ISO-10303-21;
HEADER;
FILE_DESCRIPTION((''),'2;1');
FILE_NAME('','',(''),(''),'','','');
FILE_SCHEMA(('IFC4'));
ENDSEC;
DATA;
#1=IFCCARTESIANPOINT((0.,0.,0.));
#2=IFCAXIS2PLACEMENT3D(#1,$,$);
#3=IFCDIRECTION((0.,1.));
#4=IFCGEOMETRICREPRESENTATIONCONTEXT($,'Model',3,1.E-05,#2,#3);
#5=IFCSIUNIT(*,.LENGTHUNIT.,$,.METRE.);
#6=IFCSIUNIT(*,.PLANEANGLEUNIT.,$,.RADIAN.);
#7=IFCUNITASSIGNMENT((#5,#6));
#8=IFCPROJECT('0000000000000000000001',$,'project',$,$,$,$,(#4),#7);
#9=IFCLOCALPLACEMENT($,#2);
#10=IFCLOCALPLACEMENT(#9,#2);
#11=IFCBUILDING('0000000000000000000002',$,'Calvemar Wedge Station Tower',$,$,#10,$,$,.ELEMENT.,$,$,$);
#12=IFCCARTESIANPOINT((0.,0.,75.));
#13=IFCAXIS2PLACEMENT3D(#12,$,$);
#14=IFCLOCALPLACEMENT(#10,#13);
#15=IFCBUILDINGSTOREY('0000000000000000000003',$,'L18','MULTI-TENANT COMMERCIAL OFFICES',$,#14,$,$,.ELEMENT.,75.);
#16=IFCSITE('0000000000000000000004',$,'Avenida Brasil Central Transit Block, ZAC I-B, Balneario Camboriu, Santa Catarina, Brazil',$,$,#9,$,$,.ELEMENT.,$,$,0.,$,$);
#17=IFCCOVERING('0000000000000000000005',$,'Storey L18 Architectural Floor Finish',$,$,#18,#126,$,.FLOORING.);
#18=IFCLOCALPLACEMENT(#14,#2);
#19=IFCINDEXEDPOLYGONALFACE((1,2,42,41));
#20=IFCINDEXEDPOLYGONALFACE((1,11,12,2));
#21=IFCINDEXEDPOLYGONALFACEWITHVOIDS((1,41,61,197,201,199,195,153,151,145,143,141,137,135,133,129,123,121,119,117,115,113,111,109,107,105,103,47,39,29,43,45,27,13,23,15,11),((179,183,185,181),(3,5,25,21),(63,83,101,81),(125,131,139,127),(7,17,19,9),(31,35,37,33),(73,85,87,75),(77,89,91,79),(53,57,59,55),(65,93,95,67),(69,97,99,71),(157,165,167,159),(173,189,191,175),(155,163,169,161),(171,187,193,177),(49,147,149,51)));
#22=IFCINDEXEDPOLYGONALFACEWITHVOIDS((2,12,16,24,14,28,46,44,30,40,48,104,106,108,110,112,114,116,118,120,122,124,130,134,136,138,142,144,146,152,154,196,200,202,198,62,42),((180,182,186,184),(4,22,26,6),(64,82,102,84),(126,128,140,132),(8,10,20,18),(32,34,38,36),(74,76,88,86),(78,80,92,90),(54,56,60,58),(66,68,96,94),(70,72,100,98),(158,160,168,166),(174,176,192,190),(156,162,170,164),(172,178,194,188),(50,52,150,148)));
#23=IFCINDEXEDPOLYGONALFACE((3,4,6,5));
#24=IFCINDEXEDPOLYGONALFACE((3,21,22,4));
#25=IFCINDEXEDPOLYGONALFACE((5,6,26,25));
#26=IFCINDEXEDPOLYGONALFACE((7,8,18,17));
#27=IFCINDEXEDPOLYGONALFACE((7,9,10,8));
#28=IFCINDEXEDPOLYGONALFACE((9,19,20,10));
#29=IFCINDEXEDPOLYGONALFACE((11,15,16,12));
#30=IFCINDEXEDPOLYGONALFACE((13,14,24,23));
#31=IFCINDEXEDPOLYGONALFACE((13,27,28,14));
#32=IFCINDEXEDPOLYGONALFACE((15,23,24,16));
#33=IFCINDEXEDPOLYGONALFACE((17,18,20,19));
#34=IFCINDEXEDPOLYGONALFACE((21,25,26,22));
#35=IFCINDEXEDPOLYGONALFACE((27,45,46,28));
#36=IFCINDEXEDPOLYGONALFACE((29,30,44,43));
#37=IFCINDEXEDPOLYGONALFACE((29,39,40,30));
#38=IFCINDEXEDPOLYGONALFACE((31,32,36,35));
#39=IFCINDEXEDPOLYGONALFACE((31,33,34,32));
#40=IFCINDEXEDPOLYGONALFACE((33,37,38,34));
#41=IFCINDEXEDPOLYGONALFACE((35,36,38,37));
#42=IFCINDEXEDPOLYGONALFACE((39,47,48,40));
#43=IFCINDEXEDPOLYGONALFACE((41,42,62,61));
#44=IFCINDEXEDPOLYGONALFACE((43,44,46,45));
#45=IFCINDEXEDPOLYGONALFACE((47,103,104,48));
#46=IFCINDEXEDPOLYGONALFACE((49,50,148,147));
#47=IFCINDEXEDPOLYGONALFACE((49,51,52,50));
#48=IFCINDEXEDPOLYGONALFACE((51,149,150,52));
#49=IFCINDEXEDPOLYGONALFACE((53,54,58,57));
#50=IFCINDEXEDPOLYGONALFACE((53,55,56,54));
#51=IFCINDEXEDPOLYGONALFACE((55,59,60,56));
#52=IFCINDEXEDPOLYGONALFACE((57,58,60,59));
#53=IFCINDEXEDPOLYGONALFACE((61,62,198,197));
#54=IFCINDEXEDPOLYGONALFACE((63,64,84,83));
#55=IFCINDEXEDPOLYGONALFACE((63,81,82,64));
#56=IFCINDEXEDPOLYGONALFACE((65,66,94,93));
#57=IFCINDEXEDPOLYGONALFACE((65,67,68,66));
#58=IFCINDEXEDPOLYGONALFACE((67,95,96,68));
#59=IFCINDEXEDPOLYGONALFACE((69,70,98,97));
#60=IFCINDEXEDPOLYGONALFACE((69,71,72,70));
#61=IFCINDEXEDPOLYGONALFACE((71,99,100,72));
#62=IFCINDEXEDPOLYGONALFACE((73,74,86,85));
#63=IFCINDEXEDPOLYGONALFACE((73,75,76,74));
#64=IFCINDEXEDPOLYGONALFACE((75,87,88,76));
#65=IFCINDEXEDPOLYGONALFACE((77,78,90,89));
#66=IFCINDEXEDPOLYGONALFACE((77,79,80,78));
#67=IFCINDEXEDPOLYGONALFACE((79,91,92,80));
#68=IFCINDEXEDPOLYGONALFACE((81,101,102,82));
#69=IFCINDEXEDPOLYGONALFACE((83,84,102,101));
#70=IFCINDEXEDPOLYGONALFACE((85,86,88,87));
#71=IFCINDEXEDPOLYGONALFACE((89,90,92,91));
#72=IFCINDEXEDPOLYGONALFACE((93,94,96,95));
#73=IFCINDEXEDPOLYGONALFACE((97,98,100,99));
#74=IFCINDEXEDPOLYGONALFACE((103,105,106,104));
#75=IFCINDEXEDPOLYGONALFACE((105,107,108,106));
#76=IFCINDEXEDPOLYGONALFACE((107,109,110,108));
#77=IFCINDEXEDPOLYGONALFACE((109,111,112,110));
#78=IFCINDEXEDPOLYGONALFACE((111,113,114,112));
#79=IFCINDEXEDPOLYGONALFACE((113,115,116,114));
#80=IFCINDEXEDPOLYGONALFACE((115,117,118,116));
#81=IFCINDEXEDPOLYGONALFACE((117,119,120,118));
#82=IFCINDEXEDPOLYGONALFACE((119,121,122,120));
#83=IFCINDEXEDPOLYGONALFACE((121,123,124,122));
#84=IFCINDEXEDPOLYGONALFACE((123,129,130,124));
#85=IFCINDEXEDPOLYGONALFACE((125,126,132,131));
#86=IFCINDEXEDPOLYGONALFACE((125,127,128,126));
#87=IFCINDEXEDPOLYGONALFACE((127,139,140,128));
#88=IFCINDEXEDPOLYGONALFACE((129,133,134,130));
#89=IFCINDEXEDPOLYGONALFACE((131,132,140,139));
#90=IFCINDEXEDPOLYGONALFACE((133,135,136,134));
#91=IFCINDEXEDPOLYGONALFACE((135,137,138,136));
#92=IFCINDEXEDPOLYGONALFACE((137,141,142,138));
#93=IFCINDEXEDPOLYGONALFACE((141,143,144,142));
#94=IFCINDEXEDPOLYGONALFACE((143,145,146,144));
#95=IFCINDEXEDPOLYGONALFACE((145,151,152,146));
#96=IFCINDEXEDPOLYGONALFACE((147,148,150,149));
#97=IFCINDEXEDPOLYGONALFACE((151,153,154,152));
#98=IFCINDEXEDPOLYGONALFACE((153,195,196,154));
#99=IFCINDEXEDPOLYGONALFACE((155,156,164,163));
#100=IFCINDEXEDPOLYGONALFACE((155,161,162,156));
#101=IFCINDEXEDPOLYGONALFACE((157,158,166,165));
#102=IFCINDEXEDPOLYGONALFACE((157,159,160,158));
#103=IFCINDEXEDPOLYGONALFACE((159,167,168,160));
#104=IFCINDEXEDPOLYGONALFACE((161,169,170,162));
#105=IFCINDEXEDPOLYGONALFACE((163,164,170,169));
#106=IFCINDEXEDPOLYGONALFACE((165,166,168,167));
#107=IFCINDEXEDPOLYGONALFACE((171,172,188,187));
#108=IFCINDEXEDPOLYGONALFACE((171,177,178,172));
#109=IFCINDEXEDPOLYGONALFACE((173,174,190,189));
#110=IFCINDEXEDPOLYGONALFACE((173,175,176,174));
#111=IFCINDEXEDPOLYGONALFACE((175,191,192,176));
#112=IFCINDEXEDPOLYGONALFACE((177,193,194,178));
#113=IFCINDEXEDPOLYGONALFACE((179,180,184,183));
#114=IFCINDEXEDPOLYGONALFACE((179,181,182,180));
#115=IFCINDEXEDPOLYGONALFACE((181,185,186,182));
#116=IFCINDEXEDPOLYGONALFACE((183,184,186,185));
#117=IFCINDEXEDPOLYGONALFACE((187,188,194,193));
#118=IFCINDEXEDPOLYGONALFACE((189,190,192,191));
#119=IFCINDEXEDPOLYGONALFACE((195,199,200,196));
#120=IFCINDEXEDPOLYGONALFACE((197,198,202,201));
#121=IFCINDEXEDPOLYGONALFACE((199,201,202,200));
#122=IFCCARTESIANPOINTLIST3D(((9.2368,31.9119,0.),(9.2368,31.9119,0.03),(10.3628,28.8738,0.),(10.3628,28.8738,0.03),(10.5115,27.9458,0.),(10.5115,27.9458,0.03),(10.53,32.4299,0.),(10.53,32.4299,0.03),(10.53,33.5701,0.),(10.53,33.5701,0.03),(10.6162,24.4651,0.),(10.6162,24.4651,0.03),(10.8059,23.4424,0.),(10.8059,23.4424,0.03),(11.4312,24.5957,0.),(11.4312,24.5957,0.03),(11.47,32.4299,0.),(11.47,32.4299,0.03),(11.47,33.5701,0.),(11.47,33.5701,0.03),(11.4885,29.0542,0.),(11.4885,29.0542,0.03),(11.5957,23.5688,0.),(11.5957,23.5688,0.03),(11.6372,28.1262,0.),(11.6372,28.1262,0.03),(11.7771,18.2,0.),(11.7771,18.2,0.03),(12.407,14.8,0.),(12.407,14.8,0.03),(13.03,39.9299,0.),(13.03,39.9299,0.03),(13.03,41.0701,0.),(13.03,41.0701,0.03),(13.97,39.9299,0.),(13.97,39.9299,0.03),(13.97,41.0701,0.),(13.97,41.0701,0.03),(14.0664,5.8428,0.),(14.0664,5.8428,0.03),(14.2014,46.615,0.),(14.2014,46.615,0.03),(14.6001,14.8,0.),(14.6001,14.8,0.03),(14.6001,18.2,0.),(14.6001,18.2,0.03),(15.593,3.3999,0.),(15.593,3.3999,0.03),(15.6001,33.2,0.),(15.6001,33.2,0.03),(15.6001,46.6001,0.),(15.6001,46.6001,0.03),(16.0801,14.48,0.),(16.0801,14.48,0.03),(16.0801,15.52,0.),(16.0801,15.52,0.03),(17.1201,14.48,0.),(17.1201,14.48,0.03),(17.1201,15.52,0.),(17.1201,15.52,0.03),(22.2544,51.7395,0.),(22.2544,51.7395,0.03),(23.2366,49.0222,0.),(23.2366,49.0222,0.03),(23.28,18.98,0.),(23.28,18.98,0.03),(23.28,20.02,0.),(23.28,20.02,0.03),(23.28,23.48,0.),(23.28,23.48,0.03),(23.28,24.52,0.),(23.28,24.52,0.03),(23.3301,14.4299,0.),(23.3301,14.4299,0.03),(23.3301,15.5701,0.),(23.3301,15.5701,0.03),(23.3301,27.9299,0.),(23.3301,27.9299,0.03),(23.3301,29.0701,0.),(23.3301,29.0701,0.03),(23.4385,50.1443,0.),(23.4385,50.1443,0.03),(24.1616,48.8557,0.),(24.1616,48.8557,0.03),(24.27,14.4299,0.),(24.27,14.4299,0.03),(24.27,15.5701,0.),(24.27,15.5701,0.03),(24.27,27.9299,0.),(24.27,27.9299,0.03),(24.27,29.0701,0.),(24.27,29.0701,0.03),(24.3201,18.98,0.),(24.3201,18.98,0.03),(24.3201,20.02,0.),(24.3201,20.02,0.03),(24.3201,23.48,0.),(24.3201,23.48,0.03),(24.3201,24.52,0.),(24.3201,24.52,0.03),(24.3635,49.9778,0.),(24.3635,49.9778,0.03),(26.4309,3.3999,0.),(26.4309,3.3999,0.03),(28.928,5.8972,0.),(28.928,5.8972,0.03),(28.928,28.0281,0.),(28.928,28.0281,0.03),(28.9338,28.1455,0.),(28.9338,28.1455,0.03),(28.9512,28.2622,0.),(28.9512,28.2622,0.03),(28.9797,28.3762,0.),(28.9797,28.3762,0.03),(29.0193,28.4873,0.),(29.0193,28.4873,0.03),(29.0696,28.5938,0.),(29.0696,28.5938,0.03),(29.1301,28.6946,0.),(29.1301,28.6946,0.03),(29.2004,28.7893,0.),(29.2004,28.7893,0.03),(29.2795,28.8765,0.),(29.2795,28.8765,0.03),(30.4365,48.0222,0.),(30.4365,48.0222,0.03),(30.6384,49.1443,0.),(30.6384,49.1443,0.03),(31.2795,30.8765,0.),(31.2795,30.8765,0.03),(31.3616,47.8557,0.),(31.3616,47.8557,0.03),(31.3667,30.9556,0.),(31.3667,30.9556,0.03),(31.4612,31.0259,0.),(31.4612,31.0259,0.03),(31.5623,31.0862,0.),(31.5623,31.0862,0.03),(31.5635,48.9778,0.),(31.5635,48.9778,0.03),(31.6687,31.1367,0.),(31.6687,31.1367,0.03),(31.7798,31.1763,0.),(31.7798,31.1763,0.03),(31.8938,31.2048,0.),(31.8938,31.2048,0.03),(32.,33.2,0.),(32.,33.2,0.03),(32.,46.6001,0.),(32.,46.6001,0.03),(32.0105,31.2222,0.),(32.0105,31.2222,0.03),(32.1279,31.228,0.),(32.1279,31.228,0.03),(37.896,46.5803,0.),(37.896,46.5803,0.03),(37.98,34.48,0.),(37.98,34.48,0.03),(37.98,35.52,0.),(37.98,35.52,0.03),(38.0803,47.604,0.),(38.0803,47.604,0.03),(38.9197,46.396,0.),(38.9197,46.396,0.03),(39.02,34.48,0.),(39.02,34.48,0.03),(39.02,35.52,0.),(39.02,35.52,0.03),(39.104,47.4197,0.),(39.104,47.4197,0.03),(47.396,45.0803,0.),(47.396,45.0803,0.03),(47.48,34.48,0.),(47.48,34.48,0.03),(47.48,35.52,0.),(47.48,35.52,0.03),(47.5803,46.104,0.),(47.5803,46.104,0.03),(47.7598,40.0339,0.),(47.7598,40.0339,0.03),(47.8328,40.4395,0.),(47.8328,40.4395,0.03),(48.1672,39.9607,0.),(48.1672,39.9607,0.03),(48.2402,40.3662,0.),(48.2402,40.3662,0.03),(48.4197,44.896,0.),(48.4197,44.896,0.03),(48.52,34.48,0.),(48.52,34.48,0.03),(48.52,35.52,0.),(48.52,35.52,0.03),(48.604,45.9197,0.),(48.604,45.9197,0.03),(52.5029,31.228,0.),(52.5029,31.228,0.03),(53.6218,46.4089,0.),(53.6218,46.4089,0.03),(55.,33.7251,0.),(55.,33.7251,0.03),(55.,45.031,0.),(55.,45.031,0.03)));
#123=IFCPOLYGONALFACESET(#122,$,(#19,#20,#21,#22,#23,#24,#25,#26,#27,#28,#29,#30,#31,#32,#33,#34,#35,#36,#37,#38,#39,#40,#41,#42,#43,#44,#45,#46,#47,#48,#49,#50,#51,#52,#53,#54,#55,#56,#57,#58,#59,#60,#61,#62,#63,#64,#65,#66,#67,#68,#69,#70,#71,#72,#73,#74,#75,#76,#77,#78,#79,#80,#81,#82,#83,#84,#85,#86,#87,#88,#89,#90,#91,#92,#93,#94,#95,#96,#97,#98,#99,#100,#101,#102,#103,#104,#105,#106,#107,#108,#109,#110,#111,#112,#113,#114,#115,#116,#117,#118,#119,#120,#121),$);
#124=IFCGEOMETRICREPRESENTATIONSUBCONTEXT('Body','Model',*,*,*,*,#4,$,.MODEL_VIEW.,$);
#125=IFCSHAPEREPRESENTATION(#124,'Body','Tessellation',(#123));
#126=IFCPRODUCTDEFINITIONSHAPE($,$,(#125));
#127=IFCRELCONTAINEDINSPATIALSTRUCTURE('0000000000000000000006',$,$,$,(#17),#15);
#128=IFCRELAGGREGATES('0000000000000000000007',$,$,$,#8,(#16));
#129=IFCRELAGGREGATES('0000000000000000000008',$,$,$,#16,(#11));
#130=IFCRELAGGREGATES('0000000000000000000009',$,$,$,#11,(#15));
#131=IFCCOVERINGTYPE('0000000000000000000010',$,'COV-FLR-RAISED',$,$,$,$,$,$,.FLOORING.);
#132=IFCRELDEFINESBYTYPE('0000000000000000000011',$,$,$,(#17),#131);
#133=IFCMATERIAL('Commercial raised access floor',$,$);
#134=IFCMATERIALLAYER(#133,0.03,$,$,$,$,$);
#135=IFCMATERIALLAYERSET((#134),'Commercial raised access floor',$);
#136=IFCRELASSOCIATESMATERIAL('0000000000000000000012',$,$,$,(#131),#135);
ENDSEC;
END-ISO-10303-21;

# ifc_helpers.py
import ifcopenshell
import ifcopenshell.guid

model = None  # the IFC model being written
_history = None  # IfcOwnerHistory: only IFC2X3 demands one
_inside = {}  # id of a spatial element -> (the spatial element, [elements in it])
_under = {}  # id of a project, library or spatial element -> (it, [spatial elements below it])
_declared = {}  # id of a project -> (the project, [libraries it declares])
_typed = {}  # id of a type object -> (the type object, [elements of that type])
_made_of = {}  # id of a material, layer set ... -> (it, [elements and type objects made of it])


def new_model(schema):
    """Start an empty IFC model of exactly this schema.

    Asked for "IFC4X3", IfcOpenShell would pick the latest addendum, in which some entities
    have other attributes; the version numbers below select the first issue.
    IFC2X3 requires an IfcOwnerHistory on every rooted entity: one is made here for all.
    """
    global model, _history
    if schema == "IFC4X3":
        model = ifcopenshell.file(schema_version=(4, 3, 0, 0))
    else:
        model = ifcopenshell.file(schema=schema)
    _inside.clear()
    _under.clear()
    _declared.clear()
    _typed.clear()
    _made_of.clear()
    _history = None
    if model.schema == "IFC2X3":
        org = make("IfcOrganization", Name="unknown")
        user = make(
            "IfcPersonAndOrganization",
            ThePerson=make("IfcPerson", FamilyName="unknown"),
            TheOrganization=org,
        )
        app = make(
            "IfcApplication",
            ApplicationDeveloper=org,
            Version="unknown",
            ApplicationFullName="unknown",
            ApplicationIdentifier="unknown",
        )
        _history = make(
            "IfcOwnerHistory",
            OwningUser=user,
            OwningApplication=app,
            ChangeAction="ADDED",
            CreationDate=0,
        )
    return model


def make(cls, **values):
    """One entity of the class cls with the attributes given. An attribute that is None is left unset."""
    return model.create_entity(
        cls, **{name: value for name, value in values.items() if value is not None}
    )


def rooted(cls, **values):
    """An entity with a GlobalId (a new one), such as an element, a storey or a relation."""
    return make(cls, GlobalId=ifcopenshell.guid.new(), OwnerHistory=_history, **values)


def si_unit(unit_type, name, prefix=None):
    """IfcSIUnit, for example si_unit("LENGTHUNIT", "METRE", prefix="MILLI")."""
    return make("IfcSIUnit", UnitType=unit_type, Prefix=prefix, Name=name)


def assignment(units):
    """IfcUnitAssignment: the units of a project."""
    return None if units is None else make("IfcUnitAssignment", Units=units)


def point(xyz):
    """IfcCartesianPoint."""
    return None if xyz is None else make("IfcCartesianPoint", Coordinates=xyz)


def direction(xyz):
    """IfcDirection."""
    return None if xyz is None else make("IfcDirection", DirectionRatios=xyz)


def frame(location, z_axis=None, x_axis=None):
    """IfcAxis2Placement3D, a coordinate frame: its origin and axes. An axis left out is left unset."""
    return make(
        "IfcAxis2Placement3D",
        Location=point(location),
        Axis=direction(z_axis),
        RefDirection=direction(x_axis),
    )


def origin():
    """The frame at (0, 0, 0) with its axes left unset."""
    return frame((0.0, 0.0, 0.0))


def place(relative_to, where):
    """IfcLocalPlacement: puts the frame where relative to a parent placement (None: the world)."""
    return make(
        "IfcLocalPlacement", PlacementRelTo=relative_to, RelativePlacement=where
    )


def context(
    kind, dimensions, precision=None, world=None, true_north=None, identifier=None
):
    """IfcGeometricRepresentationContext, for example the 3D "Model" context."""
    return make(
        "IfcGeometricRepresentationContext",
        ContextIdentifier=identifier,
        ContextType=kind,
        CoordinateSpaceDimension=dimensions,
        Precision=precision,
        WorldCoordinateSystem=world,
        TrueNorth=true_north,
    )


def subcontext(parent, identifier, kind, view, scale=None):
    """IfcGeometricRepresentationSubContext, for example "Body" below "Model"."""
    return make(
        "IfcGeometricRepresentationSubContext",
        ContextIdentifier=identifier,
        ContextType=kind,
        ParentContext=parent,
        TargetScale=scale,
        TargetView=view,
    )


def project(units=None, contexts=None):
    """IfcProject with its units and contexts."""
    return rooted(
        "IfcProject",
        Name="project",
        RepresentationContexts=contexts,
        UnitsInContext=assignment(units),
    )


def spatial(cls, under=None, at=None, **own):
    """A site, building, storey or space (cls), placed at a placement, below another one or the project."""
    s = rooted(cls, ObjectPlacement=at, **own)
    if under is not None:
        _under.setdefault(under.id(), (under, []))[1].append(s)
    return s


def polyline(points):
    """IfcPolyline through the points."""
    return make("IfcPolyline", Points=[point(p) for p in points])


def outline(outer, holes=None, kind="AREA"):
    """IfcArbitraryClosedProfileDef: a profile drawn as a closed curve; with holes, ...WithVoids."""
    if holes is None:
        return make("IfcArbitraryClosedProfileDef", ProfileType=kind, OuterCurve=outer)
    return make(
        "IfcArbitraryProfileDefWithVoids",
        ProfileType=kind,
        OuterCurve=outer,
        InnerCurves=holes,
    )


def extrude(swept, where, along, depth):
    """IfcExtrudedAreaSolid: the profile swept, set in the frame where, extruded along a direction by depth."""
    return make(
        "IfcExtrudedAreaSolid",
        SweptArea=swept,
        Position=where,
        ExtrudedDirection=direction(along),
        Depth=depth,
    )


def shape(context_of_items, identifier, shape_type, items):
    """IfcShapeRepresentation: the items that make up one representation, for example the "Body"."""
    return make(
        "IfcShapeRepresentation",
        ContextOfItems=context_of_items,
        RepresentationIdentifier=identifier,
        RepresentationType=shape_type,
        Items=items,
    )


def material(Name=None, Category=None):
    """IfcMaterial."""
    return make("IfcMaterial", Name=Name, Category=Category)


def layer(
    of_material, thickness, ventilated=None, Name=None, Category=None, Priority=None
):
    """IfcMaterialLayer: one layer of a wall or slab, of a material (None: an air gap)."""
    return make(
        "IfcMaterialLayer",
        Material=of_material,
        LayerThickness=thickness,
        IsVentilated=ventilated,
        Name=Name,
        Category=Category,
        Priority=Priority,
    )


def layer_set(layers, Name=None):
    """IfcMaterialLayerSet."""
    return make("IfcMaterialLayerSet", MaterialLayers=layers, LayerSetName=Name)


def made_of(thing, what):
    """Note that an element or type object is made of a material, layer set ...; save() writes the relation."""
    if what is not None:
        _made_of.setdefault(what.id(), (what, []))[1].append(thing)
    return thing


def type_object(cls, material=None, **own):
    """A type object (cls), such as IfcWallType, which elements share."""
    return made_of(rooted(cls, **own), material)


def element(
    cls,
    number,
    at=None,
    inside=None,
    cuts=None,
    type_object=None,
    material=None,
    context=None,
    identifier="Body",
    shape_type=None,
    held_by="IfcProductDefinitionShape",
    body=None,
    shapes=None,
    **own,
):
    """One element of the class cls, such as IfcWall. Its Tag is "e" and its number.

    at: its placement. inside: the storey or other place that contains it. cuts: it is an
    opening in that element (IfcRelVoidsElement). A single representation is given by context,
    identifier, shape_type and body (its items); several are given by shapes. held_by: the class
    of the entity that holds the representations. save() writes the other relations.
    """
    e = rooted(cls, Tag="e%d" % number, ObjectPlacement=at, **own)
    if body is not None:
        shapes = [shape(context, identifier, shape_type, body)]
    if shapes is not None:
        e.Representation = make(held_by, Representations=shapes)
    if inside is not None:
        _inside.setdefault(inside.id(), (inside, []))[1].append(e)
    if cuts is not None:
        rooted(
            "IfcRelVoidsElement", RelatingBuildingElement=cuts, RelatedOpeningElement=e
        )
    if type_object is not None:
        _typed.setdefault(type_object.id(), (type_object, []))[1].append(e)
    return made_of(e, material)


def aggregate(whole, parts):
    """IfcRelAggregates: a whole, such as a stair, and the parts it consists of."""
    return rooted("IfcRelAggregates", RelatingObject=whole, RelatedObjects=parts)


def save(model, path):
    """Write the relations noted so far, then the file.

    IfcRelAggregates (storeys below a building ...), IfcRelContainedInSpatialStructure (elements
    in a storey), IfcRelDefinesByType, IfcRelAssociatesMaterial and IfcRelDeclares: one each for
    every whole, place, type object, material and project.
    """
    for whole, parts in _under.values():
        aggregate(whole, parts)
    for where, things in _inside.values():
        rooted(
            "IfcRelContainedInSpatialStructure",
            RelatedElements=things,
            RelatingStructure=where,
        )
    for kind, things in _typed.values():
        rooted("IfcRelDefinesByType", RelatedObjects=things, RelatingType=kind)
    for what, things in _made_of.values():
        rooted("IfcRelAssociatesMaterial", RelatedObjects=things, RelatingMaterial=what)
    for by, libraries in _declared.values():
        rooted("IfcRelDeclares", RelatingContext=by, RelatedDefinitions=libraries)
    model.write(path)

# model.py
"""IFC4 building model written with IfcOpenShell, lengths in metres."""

from ifc_helpers import new_model, si_unit, direction, frame, origin, place, context, subcontext, project, spatial, polyline, outline, extrude, material, layer, layer_set, type_object, element, save


model = new_model("IFC4")

# Units and contexts
model_context = context("Model", 3, precision=1e-05, world=origin(), true_north=direction((0.0, 1.0)))
body_context = subcontext(model_context, "Body", "Model", "MODEL_VIEW")
ifc_project = project(units=[si_unit("LENGTHUNIT", "METRE"), si_unit("PLANEANGLEUNIT", "RADIAN")], contexts=[model_context])

# Site, building, storey
site_placement = place(None, origin())
site = spatial("IfcSite", under=ifc_project, at=site_placement, Name="Avenida Brasil Central Transit Block, ZAC I-B, Balneario Camboriu, Santa Catarina, Brazil", CompositionType="ELEMENT", RefElevation=0.0)
building_placement = place(site_placement, origin())
building = spatial("IfcBuilding", under=site, at=building_placement, Name="Calvemar Wedge Station Tower", CompositionType="ELEMENT")
storey_placement = place(building_placement, frame((0.0, 0.0, 75.0)))
storey = spatial("IfcBuildingStorey", under=building, at=storey_placement, Name="L18", Description="MULTI-TENANT COMMERCIAL OFFICES", CompositionType="ELEMENT", Elevation=75.0)

# Covering
ifc_material_1 = material(Name="Commercial raised access floor")
ifc_layer_1 = layer(ifc_material_1, 0.03)
ifc_layer_set_1 = layer_set([ifc_layer_1], Name="Commercial raised access floor")
covering_type_1 = type_object("IfcCoveringType", Name="COV-FLR-RAISED", PredefinedType="FLOORING", material=ifc_layer_set_1)
covering_1_placement = place(storey_placement, origin())
element("IfcCovering", 1, at=covering_1_placement, inside=storey, type_object=covering_type_1, Name="Storey L18 Architectural Floor Finish", PredefinedType="FLOORING", context=body_context, shape_type="SweptSolid", body=[
    extrude(outline(polyline([(29.2795, 28.8765), (31.2795, 30.8765), (31.3667, 30.9556), (31.4612, 31.0259), (31.5623, 31.0862), (31.6687, 31.1367), (31.7798, 31.1763), (31.8938, 31.2048), (32.0105, 31.2222), (32.1279, 31.228), (52.5029, 31.228), (55.0, 33.7251), (55.0, 45.031), (53.6218, 46.4089), (22.2544, 51.7395), (14.2014, 46.615), (9.2368, 31.9119), (10.6162, 24.4651), (11.4312, 24.5957), (11.5957, 23.5688), (10.8059, 23.4424), (11.7771, 18.2), (14.6001, 18.2), (14.6001, 14.8), (12.407, 14.8), (14.0664, 5.8428), (15.593, 3.3999), (26.4309, 3.3999), (28.928, 5.8972), (28.928, 28.0281), (28.9338, 28.1455), (28.9512, 28.2622), (28.9797, 28.3762), (29.0193, 28.4873), (29.0696, 28.5938), (29.1301, 28.6946), (29.2004, 28.7893), (29.2795, 28.8765)]), holes=[polyline([(15.6001, 46.6001), (32.0, 46.6001), (32.0, 33.2), (15.6001, 33.2), (15.6001, 46.6001)]), polyline([(10.53, 32.4299), (10.53, 33.5701), (11.47, 33.5701), (11.47, 32.4299), (10.53, 32.4299)]), polyline([(13.03, 41.0701), (13.97, 41.0701), (13.97, 39.9299), (13.03, 39.9299), (13.03, 41.0701)]), polyline([(24.3635, 49.9778), (24.1616, 48.8557), (23.2366, 49.0222), (23.4385, 50.1443), (24.3635, 49.9778)]), polyline([(31.3616, 47.8557), (30.4365, 48.0222), (30.6384, 49.1443), (31.5635, 48.9778), (31.3616, 47.8557)]), polyline([(37.896, 46.5803), (38.0803, 47.604), (39.104, 47.4197), (38.9197, 46.396), (37.896, 46.5803)]), polyline([(47.5803, 46.104), (48.604, 45.9197), (48.4197, 44.896), (47.396, 45.0803), (47.5803, 46.104)]), polyline([(39.02, 35.52), (39.02, 34.48), (37.98, 34.48), (37.98, 35.52), (39.02, 35.52)]), polyline([(48.52, 34.48), (47.48, 34.48), (47.48, 35.52), (48.52, 35.52), (48.52, 34.48)]), polyline([(47.7598, 40.0339), (47.8328, 40.4395), (48.2402, 40.3662), (48.1672, 39.9607), (47.7598, 40.0339)]), polyline([(11.4885, 29.0542), (11.6372, 28.1262), (10.5115, 27.9458), (10.3628, 28.8738), (11.4885, 29.0542)]), polyline([(24.27, 27.9299), (23.3301, 27.9299), (23.3301, 29.0701), (24.27, 29.0701), (24.27, 27.9299)]), polyline([(23.28, 23.48), (23.28, 24.52), (24.3201, 24.52), (24.3201, 23.48), (23.28, 23.48)]), polyline([(23.28, 20.02), (24.3201, 20.02), (24.3201, 18.98), (23.28, 18.98), (23.28, 20.02)]), polyline([(24.27, 15.5701), (24.27, 14.4299), (23.3301, 14.4299), (23.3301, 15.5701), (24.27, 15.5701)]), polyline([(17.1201, 14.48), (16.0801, 14.48), (16.0801, 15.52), (17.1201, 15.52), (17.1201, 14.48)])]), origin(), (0.0, 0.0, 1.0), 0.03),
])

save(model, "model.ifc")
